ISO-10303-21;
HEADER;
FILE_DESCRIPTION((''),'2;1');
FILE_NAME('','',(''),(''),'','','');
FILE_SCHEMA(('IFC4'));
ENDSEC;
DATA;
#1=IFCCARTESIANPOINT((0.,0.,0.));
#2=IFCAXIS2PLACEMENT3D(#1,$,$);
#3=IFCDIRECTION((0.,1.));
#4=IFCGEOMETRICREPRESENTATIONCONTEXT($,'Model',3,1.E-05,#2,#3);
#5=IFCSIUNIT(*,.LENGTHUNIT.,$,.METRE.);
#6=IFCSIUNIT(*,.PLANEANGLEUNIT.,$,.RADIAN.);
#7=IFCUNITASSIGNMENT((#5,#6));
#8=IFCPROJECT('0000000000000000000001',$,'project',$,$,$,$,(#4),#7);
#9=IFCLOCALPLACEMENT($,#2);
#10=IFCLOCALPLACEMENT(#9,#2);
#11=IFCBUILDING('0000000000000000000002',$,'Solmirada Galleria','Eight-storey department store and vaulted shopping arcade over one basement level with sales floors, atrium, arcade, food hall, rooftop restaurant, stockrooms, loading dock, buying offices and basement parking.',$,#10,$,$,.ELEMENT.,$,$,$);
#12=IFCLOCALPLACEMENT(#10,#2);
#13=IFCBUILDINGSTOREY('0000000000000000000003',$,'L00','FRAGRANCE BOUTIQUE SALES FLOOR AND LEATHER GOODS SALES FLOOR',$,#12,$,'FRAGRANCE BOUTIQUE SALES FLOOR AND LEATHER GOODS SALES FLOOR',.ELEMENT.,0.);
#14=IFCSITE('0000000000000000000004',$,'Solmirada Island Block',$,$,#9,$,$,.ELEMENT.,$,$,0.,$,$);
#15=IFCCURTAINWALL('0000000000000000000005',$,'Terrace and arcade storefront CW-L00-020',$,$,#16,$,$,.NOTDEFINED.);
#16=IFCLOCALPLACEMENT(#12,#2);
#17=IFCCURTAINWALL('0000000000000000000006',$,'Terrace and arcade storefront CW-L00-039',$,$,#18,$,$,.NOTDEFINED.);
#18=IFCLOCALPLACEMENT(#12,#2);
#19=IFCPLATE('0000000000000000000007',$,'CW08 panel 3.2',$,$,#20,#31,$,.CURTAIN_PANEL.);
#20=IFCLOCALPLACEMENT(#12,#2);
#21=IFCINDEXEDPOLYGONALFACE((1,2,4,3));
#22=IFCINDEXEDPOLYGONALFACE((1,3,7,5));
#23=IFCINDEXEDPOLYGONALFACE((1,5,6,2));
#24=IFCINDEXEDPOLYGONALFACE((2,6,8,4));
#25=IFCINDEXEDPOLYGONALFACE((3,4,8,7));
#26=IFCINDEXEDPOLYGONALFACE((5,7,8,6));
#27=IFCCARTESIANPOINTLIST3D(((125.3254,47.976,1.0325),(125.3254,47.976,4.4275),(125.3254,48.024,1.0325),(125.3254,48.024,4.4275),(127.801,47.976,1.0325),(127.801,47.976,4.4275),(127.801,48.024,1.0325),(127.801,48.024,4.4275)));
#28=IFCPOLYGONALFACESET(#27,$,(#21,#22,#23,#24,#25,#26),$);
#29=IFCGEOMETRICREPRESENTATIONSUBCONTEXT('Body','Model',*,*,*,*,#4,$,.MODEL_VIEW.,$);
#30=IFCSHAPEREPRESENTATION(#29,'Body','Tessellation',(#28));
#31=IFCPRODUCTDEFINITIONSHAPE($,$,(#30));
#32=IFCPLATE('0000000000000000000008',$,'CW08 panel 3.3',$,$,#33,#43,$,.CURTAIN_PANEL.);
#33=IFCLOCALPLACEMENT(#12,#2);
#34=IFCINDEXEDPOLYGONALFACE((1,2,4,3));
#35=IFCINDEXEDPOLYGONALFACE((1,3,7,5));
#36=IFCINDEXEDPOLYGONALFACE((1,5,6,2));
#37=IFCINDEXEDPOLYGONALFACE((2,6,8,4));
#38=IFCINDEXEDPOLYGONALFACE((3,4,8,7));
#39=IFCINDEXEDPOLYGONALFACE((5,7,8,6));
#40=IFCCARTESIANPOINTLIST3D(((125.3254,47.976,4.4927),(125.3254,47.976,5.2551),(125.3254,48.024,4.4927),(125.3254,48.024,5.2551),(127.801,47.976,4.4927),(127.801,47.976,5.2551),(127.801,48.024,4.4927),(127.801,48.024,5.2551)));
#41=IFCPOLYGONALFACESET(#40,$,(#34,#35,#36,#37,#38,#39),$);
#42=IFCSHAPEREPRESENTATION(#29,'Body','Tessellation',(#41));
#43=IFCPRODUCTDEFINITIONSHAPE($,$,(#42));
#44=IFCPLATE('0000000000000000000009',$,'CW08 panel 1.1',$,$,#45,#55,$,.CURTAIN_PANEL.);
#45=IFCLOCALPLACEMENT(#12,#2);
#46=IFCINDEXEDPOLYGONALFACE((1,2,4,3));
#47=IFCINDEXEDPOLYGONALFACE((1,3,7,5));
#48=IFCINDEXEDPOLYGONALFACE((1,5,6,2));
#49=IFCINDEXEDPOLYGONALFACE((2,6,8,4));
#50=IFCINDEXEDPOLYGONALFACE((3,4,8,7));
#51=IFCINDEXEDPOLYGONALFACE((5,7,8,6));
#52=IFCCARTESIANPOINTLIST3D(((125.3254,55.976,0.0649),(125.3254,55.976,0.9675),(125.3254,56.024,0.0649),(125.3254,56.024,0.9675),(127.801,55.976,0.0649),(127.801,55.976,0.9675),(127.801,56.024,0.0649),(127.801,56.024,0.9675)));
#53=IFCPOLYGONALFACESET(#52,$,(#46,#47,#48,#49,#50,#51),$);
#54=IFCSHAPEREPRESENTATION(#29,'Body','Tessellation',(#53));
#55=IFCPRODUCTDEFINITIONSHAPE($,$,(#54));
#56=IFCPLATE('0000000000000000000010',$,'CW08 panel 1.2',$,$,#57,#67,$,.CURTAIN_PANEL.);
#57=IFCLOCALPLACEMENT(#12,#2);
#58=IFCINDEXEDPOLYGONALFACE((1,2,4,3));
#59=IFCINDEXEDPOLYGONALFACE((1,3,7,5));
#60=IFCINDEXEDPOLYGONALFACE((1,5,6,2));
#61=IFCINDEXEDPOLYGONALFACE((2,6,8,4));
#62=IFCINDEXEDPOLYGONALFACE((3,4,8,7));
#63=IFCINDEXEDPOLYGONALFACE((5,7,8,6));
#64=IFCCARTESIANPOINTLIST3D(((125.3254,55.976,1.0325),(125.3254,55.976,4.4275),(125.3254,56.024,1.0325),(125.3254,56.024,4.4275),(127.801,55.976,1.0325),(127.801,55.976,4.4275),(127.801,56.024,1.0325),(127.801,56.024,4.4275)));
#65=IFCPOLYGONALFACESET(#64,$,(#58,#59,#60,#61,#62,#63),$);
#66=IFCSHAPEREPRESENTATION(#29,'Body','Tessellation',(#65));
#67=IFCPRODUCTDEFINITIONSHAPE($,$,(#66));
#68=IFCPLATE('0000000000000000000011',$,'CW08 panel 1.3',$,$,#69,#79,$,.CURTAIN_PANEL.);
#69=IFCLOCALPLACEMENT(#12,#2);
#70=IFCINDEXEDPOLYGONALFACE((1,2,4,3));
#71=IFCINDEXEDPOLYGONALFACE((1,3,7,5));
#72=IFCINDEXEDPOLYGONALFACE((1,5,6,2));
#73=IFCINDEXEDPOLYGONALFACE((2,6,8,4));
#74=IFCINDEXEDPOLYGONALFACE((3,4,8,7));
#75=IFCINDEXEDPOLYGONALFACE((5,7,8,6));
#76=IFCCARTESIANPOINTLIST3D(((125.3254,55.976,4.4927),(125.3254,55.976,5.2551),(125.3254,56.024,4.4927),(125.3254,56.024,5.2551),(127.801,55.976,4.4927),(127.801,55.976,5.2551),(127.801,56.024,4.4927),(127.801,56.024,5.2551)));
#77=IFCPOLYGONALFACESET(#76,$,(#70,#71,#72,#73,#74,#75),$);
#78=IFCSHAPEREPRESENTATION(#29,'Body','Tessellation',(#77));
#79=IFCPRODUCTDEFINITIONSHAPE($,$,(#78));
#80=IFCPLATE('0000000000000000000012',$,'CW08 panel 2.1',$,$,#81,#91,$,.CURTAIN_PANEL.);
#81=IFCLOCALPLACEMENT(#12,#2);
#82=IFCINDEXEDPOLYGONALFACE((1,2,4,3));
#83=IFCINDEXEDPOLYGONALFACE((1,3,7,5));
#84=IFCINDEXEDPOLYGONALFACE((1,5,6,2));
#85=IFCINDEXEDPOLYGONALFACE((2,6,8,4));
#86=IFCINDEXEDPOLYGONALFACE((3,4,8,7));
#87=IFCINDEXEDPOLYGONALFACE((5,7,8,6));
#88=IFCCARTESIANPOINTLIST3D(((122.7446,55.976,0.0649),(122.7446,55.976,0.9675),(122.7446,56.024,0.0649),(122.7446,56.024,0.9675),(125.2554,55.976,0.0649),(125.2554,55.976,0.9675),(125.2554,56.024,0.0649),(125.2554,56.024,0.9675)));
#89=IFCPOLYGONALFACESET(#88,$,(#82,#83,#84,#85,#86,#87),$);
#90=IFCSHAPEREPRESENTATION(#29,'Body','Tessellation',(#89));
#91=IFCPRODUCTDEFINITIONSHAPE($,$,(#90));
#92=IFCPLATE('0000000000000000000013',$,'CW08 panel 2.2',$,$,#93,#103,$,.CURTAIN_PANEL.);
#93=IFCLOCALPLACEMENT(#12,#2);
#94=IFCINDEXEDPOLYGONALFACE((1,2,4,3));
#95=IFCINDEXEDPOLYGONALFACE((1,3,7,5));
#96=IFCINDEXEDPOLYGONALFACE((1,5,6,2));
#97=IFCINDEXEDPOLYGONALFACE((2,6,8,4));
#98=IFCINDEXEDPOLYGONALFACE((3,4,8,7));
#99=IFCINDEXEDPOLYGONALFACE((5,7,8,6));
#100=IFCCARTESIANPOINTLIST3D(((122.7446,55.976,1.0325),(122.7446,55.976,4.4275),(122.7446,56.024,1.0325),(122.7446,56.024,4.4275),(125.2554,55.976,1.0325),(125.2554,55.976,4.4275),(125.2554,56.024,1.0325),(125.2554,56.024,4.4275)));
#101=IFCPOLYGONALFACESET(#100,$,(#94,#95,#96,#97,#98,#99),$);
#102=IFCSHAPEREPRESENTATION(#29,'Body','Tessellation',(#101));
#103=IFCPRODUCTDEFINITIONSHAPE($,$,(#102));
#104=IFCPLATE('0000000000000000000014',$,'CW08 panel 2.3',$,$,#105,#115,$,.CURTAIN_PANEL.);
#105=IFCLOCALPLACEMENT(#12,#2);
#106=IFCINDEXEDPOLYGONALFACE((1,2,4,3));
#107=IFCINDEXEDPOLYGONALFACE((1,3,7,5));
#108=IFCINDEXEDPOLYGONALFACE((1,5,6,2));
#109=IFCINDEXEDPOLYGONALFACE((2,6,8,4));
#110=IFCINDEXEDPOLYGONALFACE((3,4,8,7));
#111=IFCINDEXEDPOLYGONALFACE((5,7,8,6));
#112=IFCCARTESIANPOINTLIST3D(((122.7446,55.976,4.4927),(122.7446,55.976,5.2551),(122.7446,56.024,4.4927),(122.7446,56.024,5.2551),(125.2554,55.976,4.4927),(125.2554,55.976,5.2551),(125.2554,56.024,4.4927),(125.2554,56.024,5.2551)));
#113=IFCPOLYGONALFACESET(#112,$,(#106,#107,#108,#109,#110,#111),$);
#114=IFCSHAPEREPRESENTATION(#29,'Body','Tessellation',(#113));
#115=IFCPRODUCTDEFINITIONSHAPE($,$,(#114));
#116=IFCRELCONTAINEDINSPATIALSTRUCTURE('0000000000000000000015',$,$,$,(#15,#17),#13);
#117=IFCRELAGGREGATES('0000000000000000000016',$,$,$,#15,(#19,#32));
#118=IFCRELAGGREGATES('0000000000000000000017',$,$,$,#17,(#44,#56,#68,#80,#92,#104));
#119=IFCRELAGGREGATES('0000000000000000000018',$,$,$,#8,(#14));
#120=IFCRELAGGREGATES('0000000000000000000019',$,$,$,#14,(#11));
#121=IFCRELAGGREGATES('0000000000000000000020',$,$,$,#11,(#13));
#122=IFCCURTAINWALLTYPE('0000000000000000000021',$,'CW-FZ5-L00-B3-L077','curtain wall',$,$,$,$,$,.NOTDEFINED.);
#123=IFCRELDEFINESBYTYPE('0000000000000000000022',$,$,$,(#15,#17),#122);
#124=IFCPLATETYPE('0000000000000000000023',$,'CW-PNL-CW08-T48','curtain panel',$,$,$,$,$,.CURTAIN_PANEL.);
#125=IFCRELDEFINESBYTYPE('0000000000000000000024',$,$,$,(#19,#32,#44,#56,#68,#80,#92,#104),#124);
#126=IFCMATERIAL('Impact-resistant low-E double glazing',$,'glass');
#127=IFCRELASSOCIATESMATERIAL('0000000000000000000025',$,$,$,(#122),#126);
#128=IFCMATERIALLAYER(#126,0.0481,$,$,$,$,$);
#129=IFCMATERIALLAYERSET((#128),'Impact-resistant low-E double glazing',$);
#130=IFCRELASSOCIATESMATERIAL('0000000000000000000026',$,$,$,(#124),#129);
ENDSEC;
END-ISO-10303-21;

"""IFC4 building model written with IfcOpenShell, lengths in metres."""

from ifc_helpers import new_model, si_unit, direction, frame, origin, origin_2d, place, context, subcontext, project, spatial, rectangle, extrude, material, layer, layer_set, type_object, element, aggregate, save


model = new_model("IFC4")

# Units and contexts
model_context = context("Model", 3, precision=1e-05, world=origin(), true_north=direction((0.0, 1.0)))
body_context = subcontext(model_context, "Body", "Model", "MODEL_VIEW")
ifc_project = project(units=[si_unit("LENGTHUNIT", "METRE"), si_unit("PLANEANGLEUNIT", "RADIAN")], contexts=[model_context])

# Site, building, storey
site_placement = place(None, origin())
site = spatial("IfcSite", under=ifc_project, at=site_placement, Name="Solmirada Island Block", CompositionType="ELEMENT", RefElevation=0.0)
building_placement = place(site_placement, origin())
building = spatial("IfcBuilding", under=site, at=building_placement, Name="Solmirada Galleria", Description="Eight-storey department store and vaulted shopping arcade over one basement level with sales floors, atrium, arcade, food hall, rooftop restaurant, stockrooms, loading dock, buying offices and basement parking.", CompositionType="ELEMENT")
storey_placement = place(building_placement, origin())
storey = spatial("IfcBuildingStorey", under=building, at=storey_placement, Name="L00", Description="FRAGRANCE BOUTIQUE SALES FLOOR AND LEATHER GOODS SALES FLOOR", LongName="FRAGRANCE BOUTIQUE SALES FLOOR AND LEATHER GOODS SALES FLOOR", CompositionType="ELEMENT", Elevation=0.0)

# Curtain walls
ifc_material_1 = material(Name="Impact-resistant low-E double glazing", Category="glass")
curtain_wall_type = type_object("IfcCurtainWallType", Name="CW-FZ5-L00-B3-L077", Description="curtain wall", PredefinedType="NOTDEFINED", material=ifc_material_1)
curtain_wall_1_placement = place(storey_placement, origin())
curtain_wall_1 = element("IfcCurtainWall", 1, at=curtain_wall_1_placement, inside=storey, type_object=curtain_wall_type, Name="Terrace and arcade storefront CW-L00-020", PredefinedType="NOTDEFINED")
curtain_wall_2_placement = place(storey_placement, origin())
curtain_wall_2 = element("IfcCurtainWall", 2, at=curtain_wall_2_placement, inside=storey, type_object=curtain_wall_type, Name="Terrace and arcade storefront CW-L00-039", PredefinedType="NOTDEFINED")

# Plates
ifc_layer = layer(ifc_material_1, 0.0481)
ifc_layer_set = layer_set([ifc_layer], Name="Impact-resistant low-E double glazing")
plate_type = type_object("IfcPlateType", Name="CW-PNL-CW08-T48", Description="curtain panel", PredefinedType="CURTAIN_PANEL", material=ifc_layer_set)
plate_1_placement = place(storey_placement, frame((126.5632, 48.0, 1.0325), z_axis=(0.0, 0.0, 1.0), x_axis=(1.0, 0.0, 0.0)))
plate_1 = element("IfcPlate", 3, at=plate_1_placement, type_object=plate_type, Name="CW08 panel 3.2", PredefinedType="CURTAIN_PANEL", context=body_context, shape_type="SweptSolid", body=[
    extrude(rectangle(XDim=2.4756, YDim=0.0481, at=origin_2d()), origin(), (0.0, 0.0, 1.0), 3.395),
])
plate_2_placement = place(storey_placement, frame((126.5632, 48.0, 4.4927), z_axis=(0.0, 0.0, 1.0), x_axis=(1.0, 0.0, 0.0)))
plate_2 = element("IfcPlate", 4, at=plate_2_placement, type_object=plate_type, Name="CW08 panel 3.3", PredefinedType="CURTAIN_PANEL", context=body_context, shape_type="SweptSolid", body=[
    extrude(rectangle(XDim=2.4756, YDim=0.0481, at=origin_2d()), origin(), (0.0, 0.0, 1.0), 0.7625),
])
aggregate(curtain_wall_1, [plate_1, plate_2])
plate_3_placement = place(storey_placement, frame((126.5632, 56.0, 0.0649), z_axis=(0.0, 0.0, 1.0), x_axis=(-1.0, 0.0, 0.0)))
plate_3 = element("IfcPlate", 5, at=plate_3_placement, type_object=plate_type, Name="CW08 panel 1.1", PredefinedType="CURTAIN_PANEL", context=body_context, shape_type="SweptSolid", body=[
    extrude(rectangle(XDim=2.4756, YDim=0.0481, at=origin_2d()), origin(), (0.0, 0.0, 1.0), 0.9026),
])
plate_4_placement = place(storey_placement, frame((126.5632, 56.0, 1.0325), z_axis=(0.0, 0.0, 1.0), x_axis=(-1.0, 0.0, 0.0)))
plate_4 = element("IfcPlate", 6, at=plate_4_placement, type_object=plate_type, Name="CW08 panel 1.2", PredefinedType="CURTAIN_PANEL", context=body_context, shape_type="SweptSolid", body=[
    extrude(rectangle(XDim=2.4756, YDim=0.0481, at=origin_2d()), origin(), (0.0, 0.0, 1.0), 3.395),
])
plate_5_placement = place(storey_placement, frame((126.5632, 56.0, 4.4927), z_axis=(0.0, 0.0, 1.0), x_axis=(-1.0, 0.0, 0.0)))
plate_5 = element("IfcPlate", 7, at=plate_5_placement, type_object=plate_type, Name="CW08 panel 1.3", PredefinedType="CURTAIN_PANEL", context=body_context, shape_type="SweptSolid", body=[
    extrude(rectangle(XDim=2.4756, YDim=0.0481, at=origin_2d()), origin(), (0.0, 0.0, 1.0), 0.7625),
])
plate_6_placement = place(storey_placement, frame((124.0, 56.0, 0.0649), z_axis=(0.0, 0.0, 1.0), x_axis=(-1.0, 0.0, 0.0)))
plate_6 = element("IfcPlate", 8, at=plate_6_placement, type_object=plate_type, Name="CW08 panel 2.1", PredefinedType="CURTAIN_PANEL", context=body_context, shape_type="SweptSolid", body=[
    extrude(rectangle(XDim=2.5107, YDim=0.0481, at=origin_2d()), origin(), (0.0, 0.0, 1.0), 0.9026),
])
plate_7_placement = place(storey_placement, frame((124.0, 56.0, 1.0325), z_axis=(0.0, 0.0, 1.0), x_axis=(-1.0, 0.0, 0.0)))
plate_7 = element("IfcPlate", 9, at=plate_7_placement, type_object=plate_type, Name="CW08 panel 2.2", PredefinedType="CURTAIN_PANEL", context=body_context, shape_type="SweptSolid", body=[
    extrude(rectangle(XDim=2.5107, YDim=0.0481, at=origin_2d()), origin(), (0.0, 0.0, 1.0), 3.395),
])
plate_8_placement = place(storey_placement, frame((124.0, 56.0, 4.4927), z_axis=(0.0, 0.0, 1.0), x_axis=(-1.0, 0.0, 0.0)))
plate_8 = element("IfcPlate", 10, at=plate_8_placement, type_object=plate_type, Name="CW08 panel 2.3", PredefinedType="CURTAIN_PANEL", context=body_context, shape_type="SweptSolid", body=[
    extrude(rectangle(XDim=2.5107, YDim=0.0481, at=origin_2d()), origin(), (0.0, 0.0, 1.0), 0.7625),
])
aggregate(curtain_wall_2, [plate_3, plate_4, plate_5, plate_6, plate_7, plate_8])

save(model, "model.ifc")
